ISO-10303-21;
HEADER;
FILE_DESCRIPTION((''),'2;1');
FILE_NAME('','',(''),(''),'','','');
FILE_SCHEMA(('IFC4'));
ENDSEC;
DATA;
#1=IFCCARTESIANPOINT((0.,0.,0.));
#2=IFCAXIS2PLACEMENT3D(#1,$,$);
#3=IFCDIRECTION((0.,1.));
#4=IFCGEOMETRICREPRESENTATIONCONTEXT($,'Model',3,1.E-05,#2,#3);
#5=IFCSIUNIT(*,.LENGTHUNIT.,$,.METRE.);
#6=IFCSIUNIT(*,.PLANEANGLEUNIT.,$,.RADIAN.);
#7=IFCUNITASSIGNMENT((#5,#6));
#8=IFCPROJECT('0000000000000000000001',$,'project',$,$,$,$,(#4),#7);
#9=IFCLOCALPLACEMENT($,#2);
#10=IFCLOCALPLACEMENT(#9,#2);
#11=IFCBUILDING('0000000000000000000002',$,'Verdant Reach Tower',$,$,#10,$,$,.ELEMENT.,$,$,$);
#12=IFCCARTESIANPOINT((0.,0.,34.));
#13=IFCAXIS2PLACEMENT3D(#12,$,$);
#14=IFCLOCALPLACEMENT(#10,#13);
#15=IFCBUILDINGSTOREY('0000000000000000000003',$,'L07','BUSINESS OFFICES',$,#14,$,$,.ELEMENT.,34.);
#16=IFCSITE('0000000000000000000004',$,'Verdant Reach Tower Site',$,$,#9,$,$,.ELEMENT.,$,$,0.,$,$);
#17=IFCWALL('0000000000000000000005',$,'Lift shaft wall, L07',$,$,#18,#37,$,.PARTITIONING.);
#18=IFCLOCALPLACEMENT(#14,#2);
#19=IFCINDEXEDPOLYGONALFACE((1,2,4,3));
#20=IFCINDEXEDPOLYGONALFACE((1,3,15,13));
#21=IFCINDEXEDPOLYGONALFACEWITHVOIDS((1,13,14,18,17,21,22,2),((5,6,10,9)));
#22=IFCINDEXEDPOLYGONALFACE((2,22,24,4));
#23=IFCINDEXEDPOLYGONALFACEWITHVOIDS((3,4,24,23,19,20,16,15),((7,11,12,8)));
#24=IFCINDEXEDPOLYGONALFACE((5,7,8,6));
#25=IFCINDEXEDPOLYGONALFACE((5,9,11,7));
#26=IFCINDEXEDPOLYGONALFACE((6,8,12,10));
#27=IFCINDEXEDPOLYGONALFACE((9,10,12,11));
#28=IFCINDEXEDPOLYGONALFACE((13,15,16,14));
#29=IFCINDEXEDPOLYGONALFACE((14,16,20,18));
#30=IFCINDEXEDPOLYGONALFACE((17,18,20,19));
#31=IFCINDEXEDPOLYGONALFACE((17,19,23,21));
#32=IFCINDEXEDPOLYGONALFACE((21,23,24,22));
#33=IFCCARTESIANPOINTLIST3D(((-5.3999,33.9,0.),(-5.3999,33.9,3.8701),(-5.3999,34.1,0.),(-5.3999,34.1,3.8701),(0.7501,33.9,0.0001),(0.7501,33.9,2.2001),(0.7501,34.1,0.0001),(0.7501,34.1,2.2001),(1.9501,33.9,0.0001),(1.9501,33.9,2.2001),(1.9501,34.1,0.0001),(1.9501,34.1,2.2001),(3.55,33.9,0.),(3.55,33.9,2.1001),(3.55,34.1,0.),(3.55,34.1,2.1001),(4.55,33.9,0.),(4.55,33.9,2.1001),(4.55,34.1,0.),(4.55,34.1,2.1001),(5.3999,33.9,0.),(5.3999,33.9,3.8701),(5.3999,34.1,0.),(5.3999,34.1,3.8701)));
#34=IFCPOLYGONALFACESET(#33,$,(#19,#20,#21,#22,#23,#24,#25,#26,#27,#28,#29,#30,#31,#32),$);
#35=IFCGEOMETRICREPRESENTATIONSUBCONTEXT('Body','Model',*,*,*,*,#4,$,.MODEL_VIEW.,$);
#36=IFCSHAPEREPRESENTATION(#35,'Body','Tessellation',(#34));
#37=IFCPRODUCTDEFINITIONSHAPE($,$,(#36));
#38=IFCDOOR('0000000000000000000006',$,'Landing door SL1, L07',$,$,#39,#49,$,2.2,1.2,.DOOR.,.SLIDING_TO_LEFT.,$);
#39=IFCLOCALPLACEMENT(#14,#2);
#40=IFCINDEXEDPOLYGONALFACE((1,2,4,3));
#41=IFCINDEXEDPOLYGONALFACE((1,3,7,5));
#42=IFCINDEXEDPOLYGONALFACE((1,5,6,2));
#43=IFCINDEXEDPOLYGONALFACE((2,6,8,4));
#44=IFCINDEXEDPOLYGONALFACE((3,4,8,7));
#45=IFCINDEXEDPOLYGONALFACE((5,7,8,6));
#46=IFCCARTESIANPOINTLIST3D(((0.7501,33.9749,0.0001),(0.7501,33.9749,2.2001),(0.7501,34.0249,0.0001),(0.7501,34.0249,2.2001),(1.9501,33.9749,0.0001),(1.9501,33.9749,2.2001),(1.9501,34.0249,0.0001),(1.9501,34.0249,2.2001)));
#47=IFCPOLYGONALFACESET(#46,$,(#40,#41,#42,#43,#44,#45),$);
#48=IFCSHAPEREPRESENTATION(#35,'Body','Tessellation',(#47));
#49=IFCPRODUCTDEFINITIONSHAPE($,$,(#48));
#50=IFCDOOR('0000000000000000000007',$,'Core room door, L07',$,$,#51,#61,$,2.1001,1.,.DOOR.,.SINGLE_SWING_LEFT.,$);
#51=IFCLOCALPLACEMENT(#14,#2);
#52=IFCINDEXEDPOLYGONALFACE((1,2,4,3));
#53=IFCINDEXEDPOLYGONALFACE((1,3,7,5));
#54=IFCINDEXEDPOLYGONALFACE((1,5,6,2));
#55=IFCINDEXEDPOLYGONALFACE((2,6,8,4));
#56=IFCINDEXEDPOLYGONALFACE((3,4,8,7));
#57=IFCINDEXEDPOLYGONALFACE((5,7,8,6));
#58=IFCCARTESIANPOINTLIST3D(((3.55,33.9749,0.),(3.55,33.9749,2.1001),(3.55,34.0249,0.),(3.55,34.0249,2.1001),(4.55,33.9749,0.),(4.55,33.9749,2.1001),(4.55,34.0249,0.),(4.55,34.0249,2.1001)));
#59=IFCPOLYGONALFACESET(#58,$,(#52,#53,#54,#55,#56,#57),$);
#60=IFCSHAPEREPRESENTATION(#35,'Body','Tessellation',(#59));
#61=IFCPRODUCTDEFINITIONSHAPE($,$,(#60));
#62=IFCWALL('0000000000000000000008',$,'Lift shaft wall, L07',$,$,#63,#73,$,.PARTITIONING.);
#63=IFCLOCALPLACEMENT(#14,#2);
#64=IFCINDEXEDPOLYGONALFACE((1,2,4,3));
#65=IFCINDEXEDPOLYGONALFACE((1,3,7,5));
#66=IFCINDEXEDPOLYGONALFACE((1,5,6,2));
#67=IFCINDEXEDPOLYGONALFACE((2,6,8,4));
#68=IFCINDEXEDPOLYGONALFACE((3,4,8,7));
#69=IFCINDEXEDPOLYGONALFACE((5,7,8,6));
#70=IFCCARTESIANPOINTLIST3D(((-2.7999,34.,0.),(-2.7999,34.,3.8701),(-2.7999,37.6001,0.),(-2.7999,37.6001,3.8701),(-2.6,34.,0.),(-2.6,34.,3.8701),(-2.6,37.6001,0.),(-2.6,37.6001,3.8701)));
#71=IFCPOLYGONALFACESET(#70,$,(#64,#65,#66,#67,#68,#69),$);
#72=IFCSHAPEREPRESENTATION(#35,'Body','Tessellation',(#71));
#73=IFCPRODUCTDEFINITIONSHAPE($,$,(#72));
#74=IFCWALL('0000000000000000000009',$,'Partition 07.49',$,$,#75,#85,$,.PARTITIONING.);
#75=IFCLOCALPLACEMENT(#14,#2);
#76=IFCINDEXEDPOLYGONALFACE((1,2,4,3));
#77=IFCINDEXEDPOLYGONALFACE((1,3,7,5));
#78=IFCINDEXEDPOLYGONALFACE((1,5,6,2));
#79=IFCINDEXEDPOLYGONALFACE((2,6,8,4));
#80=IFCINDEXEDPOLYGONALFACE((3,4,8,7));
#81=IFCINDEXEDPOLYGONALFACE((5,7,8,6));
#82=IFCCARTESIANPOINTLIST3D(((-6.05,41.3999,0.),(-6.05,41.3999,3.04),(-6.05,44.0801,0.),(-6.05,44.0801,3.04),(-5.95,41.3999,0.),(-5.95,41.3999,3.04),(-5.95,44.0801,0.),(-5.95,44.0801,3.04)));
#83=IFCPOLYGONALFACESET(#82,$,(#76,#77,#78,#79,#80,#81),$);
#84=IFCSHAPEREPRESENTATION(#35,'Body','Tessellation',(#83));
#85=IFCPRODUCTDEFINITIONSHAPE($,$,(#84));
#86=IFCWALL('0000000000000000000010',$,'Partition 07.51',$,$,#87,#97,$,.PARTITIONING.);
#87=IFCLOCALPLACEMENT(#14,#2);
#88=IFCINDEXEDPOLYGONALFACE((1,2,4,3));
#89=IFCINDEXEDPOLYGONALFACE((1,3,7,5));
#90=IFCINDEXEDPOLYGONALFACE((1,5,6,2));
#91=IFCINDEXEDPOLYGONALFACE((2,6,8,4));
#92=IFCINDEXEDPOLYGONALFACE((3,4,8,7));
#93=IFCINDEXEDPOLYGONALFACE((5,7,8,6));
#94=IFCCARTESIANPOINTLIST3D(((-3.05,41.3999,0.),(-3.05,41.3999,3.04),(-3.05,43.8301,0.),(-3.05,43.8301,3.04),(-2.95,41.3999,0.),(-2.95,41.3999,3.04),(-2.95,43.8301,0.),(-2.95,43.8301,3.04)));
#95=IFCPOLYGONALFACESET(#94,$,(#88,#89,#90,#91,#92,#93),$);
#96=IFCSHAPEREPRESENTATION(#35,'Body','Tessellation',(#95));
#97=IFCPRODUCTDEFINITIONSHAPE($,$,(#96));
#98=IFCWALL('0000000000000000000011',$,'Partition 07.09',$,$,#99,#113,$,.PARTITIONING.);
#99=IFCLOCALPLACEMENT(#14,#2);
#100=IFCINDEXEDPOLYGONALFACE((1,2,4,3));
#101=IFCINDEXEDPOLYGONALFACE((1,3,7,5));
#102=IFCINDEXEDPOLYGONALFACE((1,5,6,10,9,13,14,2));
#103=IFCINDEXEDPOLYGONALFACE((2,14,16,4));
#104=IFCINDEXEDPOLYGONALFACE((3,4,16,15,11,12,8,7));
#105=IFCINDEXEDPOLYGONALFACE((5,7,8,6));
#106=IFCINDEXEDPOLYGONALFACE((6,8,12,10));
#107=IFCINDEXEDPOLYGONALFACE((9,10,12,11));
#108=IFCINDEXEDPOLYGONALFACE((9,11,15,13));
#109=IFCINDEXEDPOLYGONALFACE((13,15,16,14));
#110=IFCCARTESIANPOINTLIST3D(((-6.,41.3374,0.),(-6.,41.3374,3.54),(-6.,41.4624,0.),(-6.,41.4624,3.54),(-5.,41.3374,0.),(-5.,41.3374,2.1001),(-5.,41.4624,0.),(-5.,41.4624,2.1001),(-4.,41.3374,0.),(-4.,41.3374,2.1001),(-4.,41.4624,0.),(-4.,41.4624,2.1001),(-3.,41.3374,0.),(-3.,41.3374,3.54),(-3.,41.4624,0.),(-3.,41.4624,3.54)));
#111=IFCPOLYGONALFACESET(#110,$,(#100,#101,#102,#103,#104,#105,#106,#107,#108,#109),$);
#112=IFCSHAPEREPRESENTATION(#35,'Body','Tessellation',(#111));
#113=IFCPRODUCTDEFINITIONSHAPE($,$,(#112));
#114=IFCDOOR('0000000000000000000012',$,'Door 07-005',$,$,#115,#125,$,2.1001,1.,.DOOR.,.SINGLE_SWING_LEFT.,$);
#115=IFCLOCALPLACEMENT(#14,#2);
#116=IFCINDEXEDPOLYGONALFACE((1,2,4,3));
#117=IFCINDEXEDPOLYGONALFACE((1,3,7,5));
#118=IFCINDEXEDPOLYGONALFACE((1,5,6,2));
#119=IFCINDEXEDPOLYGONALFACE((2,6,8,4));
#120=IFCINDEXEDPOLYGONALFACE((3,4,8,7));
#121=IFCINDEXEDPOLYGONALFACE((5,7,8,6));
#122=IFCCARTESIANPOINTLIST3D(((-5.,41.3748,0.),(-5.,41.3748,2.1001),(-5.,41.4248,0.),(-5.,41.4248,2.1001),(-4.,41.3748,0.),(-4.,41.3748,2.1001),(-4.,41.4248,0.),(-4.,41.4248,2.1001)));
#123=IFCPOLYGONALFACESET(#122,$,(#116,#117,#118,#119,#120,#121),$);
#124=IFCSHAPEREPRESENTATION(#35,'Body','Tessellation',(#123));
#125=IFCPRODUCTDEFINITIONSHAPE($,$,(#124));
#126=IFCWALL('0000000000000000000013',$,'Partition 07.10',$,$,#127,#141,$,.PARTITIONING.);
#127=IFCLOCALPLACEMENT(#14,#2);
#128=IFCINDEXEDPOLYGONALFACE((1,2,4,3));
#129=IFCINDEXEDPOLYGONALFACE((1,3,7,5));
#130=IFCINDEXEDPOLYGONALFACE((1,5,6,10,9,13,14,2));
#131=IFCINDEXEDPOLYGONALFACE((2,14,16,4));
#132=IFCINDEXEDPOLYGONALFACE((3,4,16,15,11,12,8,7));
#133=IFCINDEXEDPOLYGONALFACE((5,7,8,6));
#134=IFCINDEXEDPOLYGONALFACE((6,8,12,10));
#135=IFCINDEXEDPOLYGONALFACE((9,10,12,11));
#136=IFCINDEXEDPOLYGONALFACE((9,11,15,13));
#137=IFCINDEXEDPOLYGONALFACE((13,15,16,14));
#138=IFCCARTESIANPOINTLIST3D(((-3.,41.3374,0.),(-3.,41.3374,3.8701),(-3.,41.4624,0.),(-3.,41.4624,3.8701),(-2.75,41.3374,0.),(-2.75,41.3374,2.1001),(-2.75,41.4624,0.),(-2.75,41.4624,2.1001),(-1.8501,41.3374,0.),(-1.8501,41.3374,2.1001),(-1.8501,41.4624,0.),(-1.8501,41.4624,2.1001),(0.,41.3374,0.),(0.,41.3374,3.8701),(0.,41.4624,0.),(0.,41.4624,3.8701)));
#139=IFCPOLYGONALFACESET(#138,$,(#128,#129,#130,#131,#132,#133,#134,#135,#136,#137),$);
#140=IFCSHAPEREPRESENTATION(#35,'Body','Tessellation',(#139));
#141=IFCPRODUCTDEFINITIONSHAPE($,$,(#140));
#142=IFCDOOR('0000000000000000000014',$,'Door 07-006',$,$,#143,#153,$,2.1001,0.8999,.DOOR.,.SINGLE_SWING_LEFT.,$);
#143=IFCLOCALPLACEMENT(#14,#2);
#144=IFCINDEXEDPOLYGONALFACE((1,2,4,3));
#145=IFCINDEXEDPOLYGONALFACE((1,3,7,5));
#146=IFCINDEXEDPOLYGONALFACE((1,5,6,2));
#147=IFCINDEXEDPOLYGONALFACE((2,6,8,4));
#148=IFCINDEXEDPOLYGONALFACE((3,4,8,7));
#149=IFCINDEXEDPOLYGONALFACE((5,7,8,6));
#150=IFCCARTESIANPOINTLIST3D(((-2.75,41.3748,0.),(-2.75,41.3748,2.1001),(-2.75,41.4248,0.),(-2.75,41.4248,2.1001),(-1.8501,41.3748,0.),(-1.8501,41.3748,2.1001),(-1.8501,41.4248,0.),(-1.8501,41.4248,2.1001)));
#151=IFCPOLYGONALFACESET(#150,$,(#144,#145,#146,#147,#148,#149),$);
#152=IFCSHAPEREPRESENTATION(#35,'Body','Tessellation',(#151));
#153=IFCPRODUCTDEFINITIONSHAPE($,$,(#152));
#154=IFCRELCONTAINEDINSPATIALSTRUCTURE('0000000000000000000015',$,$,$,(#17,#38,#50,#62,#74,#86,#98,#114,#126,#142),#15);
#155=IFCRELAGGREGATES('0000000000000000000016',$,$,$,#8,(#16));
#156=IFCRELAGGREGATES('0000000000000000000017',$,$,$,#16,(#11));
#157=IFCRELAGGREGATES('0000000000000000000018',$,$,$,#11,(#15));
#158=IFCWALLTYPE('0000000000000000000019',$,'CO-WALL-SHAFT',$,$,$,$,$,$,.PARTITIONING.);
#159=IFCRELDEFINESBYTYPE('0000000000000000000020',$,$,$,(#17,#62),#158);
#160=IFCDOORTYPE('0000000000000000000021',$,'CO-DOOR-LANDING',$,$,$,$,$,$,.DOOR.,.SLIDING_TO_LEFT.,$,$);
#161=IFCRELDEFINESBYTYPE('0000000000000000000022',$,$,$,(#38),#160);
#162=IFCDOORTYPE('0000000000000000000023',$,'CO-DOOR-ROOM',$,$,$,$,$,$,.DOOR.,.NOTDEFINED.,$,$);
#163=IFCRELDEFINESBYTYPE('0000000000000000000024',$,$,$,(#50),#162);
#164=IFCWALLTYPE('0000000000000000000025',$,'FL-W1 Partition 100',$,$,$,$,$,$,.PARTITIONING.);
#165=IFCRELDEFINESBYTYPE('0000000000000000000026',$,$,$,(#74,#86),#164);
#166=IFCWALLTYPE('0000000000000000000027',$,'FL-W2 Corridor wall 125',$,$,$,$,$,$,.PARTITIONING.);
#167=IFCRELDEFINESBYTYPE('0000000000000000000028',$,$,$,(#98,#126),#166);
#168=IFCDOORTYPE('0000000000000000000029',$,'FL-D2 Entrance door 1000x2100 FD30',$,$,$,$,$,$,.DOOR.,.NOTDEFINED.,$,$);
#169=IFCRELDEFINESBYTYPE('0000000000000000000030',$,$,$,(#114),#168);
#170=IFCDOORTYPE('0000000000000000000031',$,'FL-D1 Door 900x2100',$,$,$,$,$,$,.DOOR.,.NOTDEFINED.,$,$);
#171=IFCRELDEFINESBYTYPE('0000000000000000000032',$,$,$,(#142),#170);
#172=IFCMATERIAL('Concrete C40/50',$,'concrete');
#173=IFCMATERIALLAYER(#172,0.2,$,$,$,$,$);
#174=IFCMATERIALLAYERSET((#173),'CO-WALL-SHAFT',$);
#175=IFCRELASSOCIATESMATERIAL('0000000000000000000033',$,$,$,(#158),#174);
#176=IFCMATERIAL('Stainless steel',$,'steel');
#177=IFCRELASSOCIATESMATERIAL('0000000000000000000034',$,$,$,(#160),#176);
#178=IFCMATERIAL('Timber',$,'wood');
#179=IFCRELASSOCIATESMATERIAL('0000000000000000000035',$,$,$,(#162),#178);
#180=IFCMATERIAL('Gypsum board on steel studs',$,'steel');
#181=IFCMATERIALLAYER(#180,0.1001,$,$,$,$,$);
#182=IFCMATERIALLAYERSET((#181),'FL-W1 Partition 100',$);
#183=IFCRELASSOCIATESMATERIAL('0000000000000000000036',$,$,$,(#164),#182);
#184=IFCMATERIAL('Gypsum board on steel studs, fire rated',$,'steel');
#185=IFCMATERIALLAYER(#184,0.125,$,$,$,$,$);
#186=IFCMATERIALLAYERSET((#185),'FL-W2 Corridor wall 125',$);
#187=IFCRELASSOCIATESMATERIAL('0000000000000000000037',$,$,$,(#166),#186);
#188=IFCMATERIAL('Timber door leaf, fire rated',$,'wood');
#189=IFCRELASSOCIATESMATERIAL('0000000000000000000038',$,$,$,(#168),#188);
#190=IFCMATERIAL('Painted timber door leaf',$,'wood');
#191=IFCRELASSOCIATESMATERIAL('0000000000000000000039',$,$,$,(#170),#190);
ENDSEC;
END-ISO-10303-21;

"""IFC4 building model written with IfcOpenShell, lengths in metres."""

from ifc_helpers import new_model, si_unit, direction, frame, frame_2d, origin, place, context, subcontext, project, spatial, rectangle, extrude, material, layer, layer_set, type_object, element, fill, save


model = new_model("IFC4")

# Units and contexts
model_context = context("Model", 3, precision=1e-05, world=origin(), true_north=direction((0.0, 1.0)))
body_context = subcontext(model_context, "Body", "Model", "MODEL_VIEW")
ifc_project = project(units=[si_unit("LENGTHUNIT", "METRE"), si_unit("PLANEANGLEUNIT", "RADIAN")], contexts=[model_context])

# Site, building, storey
site_placement = place(None, origin())
site = spatial("IfcSite", under=ifc_project, at=site_placement, Name="Verdant Reach Tower Site", CompositionType="ELEMENT", RefElevation=0.0)
building_placement = place(site_placement, origin())
building = spatial("IfcBuilding", under=site, at=building_placement, Name="Verdant Reach Tower", CompositionType="ELEMENT")
storey_placement = place(building_placement, frame((0.0, 0.0, 34.0)))
storey = spatial("IfcBuildingStorey", under=building, at=storey_placement, Name="L07", Description="BUSINESS OFFICES", CompositionType="ELEMENT", Elevation=34.0)

# Wall, openings, doors
ifc_material_1 = material(Name="Concrete C40/50", Category="concrete")
ifc_layer_1 = layer(ifc_material_1, 0.2)
ifc_layer_set_1 = layer_set([ifc_layer_1], Name="CO-WALL-SHAFT")
wall_type_1 = type_object("IfcWallType", Name="CO-WALL-SHAFT", PredefinedType="PARTITIONING", material=ifc_layer_set_1)
wall_1_placement = place(storey_placement, frame((-5.3999, 34.0, 0.0), z_axis=(0.0, 0.0, 1.0), x_axis=(1.0, 0.0, 0.0)))
wall_1 = element("IfcWall", 1, at=wall_1_placement, inside=storey, type_object=wall_type_1, Name="Lift shaft wall, L07", PredefinedType="PARTITIONING", context=body_context, shape_type="SweptSolid", body=[
    extrude(rectangle(XDim=10.7998, YDim=0.2, at=frame_2d((5.3999, 0.0))), origin(), (0.0, 0.0, 1.0), 3.8701),
])
opening_1_placement = place(wall_1_placement, frame((6.1499, 0.0, 0.0)))
opening_1 = element("IfcOpeningElement", 2, at=opening_1_placement, cuts=wall_1, PredefinedType="OPENING", context=body_context, shape_type="SweptSolid", body=[
    extrude(rectangle(XDim=1.2, YDim=2.2, at=frame_2d((0.6001, 1.1001))), frame((0.0, 0.1099, 0.0), z_axis=(0.0, -1.0, 0.0), x_axis=(1.0, 0.0, 0.0)), (0.0, 0.0, 1.0), 0.22),
])
opening_2_placement = place(wall_1_placement, frame((8.95, 0.0, 0.0)))
opening_2 = element("IfcOpeningElement", 3, at=opening_2_placement, cuts=wall_1, PredefinedType="OPENING", context=body_context, shape_type="SweptSolid", body=[
    extrude(rectangle(XDim=1.0, YDim=2.1001, at=frame_2d((0.5, 1.05))), frame((0.0, 0.1099, 0.0), z_axis=(0.0, -1.0, 0.0), x_axis=(1.0, 0.0, 0.0)), (0.0, 0.0, 1.0), 0.22),
])
ifc_material_2 = material(Name="Stainless steel", Category="steel")
door_type_1 = type_object("IfcDoorType", Name="CO-DOOR-LANDING", OperationType="SLIDING_TO_LEFT", PredefinedType="DOOR", material=ifc_material_2)
door_1_placement = place(opening_1_placement, origin())
door_1 = element("IfcDoor", 4, at=door_1_placement, inside=storey, type_object=door_type_1, Name="Landing door SL1, L07", OperationType="SLIDING_TO_LEFT", OverallHeight=2.2, OverallWidth=1.2, PredefinedType="DOOR", context=body_context, shape_type="SweptSolid", body=[
    extrude(rectangle(XDim=1.2, YDim=2.2, at=frame_2d((0.6001, 1.1001))), frame((0.0, 0.0249, 0.0), z_axis=(0.0, -1.0, 0.0), x_axis=(1.0, 0.0, 0.0)), (0.0, 0.0, 1.0), 0.05),
])
fill(opening_1, door_1)
ifc_material_3 = material(Name="Timber", Category="wood")
door_type_2 = type_object("IfcDoorType", Name="CO-DOOR-ROOM", OperationType="NOTDEFINED", PredefinedType="DOOR", material=ifc_material_3)
door_2_placement = place(opening_2_placement, origin())
door_2 = element("IfcDoor", 5, at=door_2_placement, inside=storey, type_object=door_type_2, Name="Core room door, L07", OperationType="SINGLE_SWING_LEFT", OverallHeight=2.1001, OverallWidth=1.0, PredefinedType="DOOR", context=body_context, shape_type="SweptSolid", body=[
    extrude(rectangle(XDim=1.0, YDim=2.1001, at=frame_2d((0.5, 1.05))), frame((0.0, 0.0249, 0.0), z_axis=(0.0, -1.0, 0.0), x_axis=(1.0, 0.0, 0.0)), (0.0, 0.0, 1.0), 0.05),
])
fill(opening_2, door_2)

# Walls
wall_2_placement = place(storey_placement, frame((-2.7, 34.0, 0.0), z_axis=(0.0, 0.0, 1.0), x_axis=(0.0, 1.0, 0.0)))
element("IfcWall", 6, at=wall_2_placement, inside=storey, type_object=wall_type_1, Name="Lift shaft wall, L07", PredefinedType="PARTITIONING", context=body_context, shape_type="SweptSolid", body=[
    extrude(rectangle(XDim=3.6001, YDim=0.2, at=frame_2d((1.8, 0.0))), origin(), (0.0, 0.0, 1.0), 3.8701),
])
ifc_material_4 = material(Name="Gypsum board on steel studs", Category="steel")
ifc_layer_2 = layer(ifc_material_4, 0.1001)
ifc_layer_set_2 = layer_set([ifc_layer_2], Name="FL-W1 Partition 100")
wall_type_2 = type_object("IfcWallType", Name="FL-W1 Partition 100", PredefinedType="PARTITIONING", material=ifc_layer_set_2)
wall_3_placement = place(storey_placement, frame((-6.0, 41.3999, 0.0), z_axis=(0.0, 0.0, 1.0), x_axis=(0.0, 1.0, 0.0)))
element("IfcWall", 7, at=wall_3_placement, inside=storey, type_object=wall_type_2, Name="Partition 07.49", PredefinedType="PARTITIONING", context=body_context, shape_type="SweptSolid", body=[
    extrude(rectangle(XDim=2.6802, YDim=0.1001, at=frame_2d((1.3401, 0.0))), origin(), (0.0, 0.0, 1.0), 3.04),
])
wall_4_placement = place(storey_placement, frame((-3.0, 41.3999, 0.0), z_axis=(0.0, 0.0, 1.0), x_axis=(0.0, 1.0, 0.0)))
element("IfcWall", 8, at=wall_4_placement, inside=storey, type_object=wall_type_2, Name="Partition 07.51", PredefinedType="PARTITIONING", context=body_context, shape_type="SweptSolid", body=[
    extrude(rectangle(XDim=2.4302, YDim=0.1001, at=frame_2d((1.2151, 0.0))), origin(), (0.0, 0.0, 1.0), 3.04),
])

# Walls, openings, doors
ifc_material_5 = material(Name="Gypsum board on steel studs, fire rated", Category="steel")
ifc_layer_3 = layer(ifc_material_5, 0.125)
ifc_layer_set_3 = layer_set([ifc_layer_3], Name="FL-W2 Corridor wall 125")
wall_type_3 = type_object("IfcWallType", Name="FL-W2 Corridor wall 125", PredefinedType="PARTITIONING", material=ifc_layer_set_3)
wall_5_placement = place(storey_placement, frame((-6.0, 41.3999, 0.0), z_axis=(0.0, 0.0, 1.0), x_axis=(1.0, 0.0, 0.0)))
wall_5 = element("IfcWall", 9, at=wall_5_placement, inside=storey, type_object=wall_type_3, Name="Partition 07.09", PredefinedType="PARTITIONING", context=body_context, shape_type="SweptSolid", body=[
    extrude(rectangle(XDim=3.0, YDim=0.125, at=frame_2d((1.5, 0.0))), origin(), (0.0, 0.0, 1.0), 3.54),
])
opening_3_placement = place(wall_5_placement, frame((1.0, 0.0, 0.0)))
opening_3 = element("IfcOpeningElement", 10, at=opening_3_placement, cuts=wall_5, PredefinedType="OPENING", context=body_context, shape_type="SweptSolid", body=[
    extrude(rectangle(XDim=1.0, YDim=2.1001, at=frame_2d((0.5, 1.05))), frame((0.0, 0.0725, 0.0), z_axis=(0.0, -1.0, 0.0), x_axis=(1.0, 0.0, 0.0)), (0.0, 0.0, 1.0), 0.145),
])
ifc_material_6 = material(Name="Timber door leaf, fire rated", Category="wood")
door_type_3 = type_object("IfcDoorType", Name="FL-D2 Entrance door 1000x2100 FD30", OperationType="NOTDEFINED", PredefinedType="DOOR", material=ifc_material_6)
door_3_placement = place(opening_3_placement, origin())
door_3 = element("IfcDoor", 11, at=door_3_placement, inside=storey, type_object=door_type_3, Name="Door 07-005", OperationType="SINGLE_SWING_LEFT", OverallHeight=2.1001, OverallWidth=1.0, PredefinedType="DOOR", context=body_context, shape_type="SweptSolid", body=[
    extrude(rectangle(XDim=1.0, YDim=2.1001, at=frame_2d((0.5, 1.05))), frame((0.0, 0.0249, 0.0), z_axis=(0.0, -1.0, 0.0), x_axis=(1.0, 0.0, 0.0)), (0.0, 0.0, 1.0), 0.05),
])
fill(opening_3, door_3)
wall_6_placement = place(storey_placement, frame((-3.0, 41.3999, 0.0), z_axis=(0.0, 0.0, 1.0), x_axis=(1.0, 0.0, 0.0)))
wall_6 = element("IfcWall", 12, at=wall_6_placement, inside=storey, type_object=wall_type_3, Name="Partition 07.10", PredefinedType="PARTITIONING", context=body_context, shape_type="SweptSolid", body=[
    extrude(rectangle(XDim=3.0, YDim=0.125, at=frame_2d((1.5, 0.0))), origin(), (0.0, 0.0, 1.0), 3.8701),
])
opening_4_placement = place(wall_6_placement, frame((0.25, 0.0, 0.0)))
opening_4 = element("IfcOpeningElement", 13, at=opening_4_placement, cuts=wall_6, PredefinedType="OPENING", context=body_context, shape_type="SweptSolid", body=[
    extrude(rectangle(XDim=0.8999, YDim=2.1001, at=frame_2d((0.45, 1.05))), frame((0.0, 0.0725, 0.0), z_axis=(0.0, -1.0, 0.0), x_axis=(1.0, 0.0, 0.0)), (0.0, 0.0, 1.0), 0.145),
])
ifc_material_7 = material(Name="Painted timber door leaf", Category="wood")
door_type_4 = type_object("IfcDoorType", Name="FL-D1 Door 900x2100", OperationType="NOTDEFINED", PredefinedType="DOOR", material=ifc_material_7)
door_4_placement = place(opening_4_placement, origin())
door_4 = element("IfcDoor", 14, at=door_4_placement, inside=storey, type_object=door_type_4, Name="Door 07-006", OperationType="SINGLE_SWING_LEFT", OverallHeight=2.1001, OverallWidth=0.8999, PredefinedType="DOOR", context=body_context, shape_type="SweptSolid", body=[
    extrude(rectangle(XDim=0.8999, YDim=2.1001, at=frame_2d((0.45, 1.05))), frame((0.0, 0.0249, 0.0), z_axis=(0.0, -1.0, 0.0), x_axis=(1.0, 0.0, 0.0)), (0.0, 0.0, 1.0), 0.05),
])
fill(opening_4, door_4)

save(model, "model.ifc")
